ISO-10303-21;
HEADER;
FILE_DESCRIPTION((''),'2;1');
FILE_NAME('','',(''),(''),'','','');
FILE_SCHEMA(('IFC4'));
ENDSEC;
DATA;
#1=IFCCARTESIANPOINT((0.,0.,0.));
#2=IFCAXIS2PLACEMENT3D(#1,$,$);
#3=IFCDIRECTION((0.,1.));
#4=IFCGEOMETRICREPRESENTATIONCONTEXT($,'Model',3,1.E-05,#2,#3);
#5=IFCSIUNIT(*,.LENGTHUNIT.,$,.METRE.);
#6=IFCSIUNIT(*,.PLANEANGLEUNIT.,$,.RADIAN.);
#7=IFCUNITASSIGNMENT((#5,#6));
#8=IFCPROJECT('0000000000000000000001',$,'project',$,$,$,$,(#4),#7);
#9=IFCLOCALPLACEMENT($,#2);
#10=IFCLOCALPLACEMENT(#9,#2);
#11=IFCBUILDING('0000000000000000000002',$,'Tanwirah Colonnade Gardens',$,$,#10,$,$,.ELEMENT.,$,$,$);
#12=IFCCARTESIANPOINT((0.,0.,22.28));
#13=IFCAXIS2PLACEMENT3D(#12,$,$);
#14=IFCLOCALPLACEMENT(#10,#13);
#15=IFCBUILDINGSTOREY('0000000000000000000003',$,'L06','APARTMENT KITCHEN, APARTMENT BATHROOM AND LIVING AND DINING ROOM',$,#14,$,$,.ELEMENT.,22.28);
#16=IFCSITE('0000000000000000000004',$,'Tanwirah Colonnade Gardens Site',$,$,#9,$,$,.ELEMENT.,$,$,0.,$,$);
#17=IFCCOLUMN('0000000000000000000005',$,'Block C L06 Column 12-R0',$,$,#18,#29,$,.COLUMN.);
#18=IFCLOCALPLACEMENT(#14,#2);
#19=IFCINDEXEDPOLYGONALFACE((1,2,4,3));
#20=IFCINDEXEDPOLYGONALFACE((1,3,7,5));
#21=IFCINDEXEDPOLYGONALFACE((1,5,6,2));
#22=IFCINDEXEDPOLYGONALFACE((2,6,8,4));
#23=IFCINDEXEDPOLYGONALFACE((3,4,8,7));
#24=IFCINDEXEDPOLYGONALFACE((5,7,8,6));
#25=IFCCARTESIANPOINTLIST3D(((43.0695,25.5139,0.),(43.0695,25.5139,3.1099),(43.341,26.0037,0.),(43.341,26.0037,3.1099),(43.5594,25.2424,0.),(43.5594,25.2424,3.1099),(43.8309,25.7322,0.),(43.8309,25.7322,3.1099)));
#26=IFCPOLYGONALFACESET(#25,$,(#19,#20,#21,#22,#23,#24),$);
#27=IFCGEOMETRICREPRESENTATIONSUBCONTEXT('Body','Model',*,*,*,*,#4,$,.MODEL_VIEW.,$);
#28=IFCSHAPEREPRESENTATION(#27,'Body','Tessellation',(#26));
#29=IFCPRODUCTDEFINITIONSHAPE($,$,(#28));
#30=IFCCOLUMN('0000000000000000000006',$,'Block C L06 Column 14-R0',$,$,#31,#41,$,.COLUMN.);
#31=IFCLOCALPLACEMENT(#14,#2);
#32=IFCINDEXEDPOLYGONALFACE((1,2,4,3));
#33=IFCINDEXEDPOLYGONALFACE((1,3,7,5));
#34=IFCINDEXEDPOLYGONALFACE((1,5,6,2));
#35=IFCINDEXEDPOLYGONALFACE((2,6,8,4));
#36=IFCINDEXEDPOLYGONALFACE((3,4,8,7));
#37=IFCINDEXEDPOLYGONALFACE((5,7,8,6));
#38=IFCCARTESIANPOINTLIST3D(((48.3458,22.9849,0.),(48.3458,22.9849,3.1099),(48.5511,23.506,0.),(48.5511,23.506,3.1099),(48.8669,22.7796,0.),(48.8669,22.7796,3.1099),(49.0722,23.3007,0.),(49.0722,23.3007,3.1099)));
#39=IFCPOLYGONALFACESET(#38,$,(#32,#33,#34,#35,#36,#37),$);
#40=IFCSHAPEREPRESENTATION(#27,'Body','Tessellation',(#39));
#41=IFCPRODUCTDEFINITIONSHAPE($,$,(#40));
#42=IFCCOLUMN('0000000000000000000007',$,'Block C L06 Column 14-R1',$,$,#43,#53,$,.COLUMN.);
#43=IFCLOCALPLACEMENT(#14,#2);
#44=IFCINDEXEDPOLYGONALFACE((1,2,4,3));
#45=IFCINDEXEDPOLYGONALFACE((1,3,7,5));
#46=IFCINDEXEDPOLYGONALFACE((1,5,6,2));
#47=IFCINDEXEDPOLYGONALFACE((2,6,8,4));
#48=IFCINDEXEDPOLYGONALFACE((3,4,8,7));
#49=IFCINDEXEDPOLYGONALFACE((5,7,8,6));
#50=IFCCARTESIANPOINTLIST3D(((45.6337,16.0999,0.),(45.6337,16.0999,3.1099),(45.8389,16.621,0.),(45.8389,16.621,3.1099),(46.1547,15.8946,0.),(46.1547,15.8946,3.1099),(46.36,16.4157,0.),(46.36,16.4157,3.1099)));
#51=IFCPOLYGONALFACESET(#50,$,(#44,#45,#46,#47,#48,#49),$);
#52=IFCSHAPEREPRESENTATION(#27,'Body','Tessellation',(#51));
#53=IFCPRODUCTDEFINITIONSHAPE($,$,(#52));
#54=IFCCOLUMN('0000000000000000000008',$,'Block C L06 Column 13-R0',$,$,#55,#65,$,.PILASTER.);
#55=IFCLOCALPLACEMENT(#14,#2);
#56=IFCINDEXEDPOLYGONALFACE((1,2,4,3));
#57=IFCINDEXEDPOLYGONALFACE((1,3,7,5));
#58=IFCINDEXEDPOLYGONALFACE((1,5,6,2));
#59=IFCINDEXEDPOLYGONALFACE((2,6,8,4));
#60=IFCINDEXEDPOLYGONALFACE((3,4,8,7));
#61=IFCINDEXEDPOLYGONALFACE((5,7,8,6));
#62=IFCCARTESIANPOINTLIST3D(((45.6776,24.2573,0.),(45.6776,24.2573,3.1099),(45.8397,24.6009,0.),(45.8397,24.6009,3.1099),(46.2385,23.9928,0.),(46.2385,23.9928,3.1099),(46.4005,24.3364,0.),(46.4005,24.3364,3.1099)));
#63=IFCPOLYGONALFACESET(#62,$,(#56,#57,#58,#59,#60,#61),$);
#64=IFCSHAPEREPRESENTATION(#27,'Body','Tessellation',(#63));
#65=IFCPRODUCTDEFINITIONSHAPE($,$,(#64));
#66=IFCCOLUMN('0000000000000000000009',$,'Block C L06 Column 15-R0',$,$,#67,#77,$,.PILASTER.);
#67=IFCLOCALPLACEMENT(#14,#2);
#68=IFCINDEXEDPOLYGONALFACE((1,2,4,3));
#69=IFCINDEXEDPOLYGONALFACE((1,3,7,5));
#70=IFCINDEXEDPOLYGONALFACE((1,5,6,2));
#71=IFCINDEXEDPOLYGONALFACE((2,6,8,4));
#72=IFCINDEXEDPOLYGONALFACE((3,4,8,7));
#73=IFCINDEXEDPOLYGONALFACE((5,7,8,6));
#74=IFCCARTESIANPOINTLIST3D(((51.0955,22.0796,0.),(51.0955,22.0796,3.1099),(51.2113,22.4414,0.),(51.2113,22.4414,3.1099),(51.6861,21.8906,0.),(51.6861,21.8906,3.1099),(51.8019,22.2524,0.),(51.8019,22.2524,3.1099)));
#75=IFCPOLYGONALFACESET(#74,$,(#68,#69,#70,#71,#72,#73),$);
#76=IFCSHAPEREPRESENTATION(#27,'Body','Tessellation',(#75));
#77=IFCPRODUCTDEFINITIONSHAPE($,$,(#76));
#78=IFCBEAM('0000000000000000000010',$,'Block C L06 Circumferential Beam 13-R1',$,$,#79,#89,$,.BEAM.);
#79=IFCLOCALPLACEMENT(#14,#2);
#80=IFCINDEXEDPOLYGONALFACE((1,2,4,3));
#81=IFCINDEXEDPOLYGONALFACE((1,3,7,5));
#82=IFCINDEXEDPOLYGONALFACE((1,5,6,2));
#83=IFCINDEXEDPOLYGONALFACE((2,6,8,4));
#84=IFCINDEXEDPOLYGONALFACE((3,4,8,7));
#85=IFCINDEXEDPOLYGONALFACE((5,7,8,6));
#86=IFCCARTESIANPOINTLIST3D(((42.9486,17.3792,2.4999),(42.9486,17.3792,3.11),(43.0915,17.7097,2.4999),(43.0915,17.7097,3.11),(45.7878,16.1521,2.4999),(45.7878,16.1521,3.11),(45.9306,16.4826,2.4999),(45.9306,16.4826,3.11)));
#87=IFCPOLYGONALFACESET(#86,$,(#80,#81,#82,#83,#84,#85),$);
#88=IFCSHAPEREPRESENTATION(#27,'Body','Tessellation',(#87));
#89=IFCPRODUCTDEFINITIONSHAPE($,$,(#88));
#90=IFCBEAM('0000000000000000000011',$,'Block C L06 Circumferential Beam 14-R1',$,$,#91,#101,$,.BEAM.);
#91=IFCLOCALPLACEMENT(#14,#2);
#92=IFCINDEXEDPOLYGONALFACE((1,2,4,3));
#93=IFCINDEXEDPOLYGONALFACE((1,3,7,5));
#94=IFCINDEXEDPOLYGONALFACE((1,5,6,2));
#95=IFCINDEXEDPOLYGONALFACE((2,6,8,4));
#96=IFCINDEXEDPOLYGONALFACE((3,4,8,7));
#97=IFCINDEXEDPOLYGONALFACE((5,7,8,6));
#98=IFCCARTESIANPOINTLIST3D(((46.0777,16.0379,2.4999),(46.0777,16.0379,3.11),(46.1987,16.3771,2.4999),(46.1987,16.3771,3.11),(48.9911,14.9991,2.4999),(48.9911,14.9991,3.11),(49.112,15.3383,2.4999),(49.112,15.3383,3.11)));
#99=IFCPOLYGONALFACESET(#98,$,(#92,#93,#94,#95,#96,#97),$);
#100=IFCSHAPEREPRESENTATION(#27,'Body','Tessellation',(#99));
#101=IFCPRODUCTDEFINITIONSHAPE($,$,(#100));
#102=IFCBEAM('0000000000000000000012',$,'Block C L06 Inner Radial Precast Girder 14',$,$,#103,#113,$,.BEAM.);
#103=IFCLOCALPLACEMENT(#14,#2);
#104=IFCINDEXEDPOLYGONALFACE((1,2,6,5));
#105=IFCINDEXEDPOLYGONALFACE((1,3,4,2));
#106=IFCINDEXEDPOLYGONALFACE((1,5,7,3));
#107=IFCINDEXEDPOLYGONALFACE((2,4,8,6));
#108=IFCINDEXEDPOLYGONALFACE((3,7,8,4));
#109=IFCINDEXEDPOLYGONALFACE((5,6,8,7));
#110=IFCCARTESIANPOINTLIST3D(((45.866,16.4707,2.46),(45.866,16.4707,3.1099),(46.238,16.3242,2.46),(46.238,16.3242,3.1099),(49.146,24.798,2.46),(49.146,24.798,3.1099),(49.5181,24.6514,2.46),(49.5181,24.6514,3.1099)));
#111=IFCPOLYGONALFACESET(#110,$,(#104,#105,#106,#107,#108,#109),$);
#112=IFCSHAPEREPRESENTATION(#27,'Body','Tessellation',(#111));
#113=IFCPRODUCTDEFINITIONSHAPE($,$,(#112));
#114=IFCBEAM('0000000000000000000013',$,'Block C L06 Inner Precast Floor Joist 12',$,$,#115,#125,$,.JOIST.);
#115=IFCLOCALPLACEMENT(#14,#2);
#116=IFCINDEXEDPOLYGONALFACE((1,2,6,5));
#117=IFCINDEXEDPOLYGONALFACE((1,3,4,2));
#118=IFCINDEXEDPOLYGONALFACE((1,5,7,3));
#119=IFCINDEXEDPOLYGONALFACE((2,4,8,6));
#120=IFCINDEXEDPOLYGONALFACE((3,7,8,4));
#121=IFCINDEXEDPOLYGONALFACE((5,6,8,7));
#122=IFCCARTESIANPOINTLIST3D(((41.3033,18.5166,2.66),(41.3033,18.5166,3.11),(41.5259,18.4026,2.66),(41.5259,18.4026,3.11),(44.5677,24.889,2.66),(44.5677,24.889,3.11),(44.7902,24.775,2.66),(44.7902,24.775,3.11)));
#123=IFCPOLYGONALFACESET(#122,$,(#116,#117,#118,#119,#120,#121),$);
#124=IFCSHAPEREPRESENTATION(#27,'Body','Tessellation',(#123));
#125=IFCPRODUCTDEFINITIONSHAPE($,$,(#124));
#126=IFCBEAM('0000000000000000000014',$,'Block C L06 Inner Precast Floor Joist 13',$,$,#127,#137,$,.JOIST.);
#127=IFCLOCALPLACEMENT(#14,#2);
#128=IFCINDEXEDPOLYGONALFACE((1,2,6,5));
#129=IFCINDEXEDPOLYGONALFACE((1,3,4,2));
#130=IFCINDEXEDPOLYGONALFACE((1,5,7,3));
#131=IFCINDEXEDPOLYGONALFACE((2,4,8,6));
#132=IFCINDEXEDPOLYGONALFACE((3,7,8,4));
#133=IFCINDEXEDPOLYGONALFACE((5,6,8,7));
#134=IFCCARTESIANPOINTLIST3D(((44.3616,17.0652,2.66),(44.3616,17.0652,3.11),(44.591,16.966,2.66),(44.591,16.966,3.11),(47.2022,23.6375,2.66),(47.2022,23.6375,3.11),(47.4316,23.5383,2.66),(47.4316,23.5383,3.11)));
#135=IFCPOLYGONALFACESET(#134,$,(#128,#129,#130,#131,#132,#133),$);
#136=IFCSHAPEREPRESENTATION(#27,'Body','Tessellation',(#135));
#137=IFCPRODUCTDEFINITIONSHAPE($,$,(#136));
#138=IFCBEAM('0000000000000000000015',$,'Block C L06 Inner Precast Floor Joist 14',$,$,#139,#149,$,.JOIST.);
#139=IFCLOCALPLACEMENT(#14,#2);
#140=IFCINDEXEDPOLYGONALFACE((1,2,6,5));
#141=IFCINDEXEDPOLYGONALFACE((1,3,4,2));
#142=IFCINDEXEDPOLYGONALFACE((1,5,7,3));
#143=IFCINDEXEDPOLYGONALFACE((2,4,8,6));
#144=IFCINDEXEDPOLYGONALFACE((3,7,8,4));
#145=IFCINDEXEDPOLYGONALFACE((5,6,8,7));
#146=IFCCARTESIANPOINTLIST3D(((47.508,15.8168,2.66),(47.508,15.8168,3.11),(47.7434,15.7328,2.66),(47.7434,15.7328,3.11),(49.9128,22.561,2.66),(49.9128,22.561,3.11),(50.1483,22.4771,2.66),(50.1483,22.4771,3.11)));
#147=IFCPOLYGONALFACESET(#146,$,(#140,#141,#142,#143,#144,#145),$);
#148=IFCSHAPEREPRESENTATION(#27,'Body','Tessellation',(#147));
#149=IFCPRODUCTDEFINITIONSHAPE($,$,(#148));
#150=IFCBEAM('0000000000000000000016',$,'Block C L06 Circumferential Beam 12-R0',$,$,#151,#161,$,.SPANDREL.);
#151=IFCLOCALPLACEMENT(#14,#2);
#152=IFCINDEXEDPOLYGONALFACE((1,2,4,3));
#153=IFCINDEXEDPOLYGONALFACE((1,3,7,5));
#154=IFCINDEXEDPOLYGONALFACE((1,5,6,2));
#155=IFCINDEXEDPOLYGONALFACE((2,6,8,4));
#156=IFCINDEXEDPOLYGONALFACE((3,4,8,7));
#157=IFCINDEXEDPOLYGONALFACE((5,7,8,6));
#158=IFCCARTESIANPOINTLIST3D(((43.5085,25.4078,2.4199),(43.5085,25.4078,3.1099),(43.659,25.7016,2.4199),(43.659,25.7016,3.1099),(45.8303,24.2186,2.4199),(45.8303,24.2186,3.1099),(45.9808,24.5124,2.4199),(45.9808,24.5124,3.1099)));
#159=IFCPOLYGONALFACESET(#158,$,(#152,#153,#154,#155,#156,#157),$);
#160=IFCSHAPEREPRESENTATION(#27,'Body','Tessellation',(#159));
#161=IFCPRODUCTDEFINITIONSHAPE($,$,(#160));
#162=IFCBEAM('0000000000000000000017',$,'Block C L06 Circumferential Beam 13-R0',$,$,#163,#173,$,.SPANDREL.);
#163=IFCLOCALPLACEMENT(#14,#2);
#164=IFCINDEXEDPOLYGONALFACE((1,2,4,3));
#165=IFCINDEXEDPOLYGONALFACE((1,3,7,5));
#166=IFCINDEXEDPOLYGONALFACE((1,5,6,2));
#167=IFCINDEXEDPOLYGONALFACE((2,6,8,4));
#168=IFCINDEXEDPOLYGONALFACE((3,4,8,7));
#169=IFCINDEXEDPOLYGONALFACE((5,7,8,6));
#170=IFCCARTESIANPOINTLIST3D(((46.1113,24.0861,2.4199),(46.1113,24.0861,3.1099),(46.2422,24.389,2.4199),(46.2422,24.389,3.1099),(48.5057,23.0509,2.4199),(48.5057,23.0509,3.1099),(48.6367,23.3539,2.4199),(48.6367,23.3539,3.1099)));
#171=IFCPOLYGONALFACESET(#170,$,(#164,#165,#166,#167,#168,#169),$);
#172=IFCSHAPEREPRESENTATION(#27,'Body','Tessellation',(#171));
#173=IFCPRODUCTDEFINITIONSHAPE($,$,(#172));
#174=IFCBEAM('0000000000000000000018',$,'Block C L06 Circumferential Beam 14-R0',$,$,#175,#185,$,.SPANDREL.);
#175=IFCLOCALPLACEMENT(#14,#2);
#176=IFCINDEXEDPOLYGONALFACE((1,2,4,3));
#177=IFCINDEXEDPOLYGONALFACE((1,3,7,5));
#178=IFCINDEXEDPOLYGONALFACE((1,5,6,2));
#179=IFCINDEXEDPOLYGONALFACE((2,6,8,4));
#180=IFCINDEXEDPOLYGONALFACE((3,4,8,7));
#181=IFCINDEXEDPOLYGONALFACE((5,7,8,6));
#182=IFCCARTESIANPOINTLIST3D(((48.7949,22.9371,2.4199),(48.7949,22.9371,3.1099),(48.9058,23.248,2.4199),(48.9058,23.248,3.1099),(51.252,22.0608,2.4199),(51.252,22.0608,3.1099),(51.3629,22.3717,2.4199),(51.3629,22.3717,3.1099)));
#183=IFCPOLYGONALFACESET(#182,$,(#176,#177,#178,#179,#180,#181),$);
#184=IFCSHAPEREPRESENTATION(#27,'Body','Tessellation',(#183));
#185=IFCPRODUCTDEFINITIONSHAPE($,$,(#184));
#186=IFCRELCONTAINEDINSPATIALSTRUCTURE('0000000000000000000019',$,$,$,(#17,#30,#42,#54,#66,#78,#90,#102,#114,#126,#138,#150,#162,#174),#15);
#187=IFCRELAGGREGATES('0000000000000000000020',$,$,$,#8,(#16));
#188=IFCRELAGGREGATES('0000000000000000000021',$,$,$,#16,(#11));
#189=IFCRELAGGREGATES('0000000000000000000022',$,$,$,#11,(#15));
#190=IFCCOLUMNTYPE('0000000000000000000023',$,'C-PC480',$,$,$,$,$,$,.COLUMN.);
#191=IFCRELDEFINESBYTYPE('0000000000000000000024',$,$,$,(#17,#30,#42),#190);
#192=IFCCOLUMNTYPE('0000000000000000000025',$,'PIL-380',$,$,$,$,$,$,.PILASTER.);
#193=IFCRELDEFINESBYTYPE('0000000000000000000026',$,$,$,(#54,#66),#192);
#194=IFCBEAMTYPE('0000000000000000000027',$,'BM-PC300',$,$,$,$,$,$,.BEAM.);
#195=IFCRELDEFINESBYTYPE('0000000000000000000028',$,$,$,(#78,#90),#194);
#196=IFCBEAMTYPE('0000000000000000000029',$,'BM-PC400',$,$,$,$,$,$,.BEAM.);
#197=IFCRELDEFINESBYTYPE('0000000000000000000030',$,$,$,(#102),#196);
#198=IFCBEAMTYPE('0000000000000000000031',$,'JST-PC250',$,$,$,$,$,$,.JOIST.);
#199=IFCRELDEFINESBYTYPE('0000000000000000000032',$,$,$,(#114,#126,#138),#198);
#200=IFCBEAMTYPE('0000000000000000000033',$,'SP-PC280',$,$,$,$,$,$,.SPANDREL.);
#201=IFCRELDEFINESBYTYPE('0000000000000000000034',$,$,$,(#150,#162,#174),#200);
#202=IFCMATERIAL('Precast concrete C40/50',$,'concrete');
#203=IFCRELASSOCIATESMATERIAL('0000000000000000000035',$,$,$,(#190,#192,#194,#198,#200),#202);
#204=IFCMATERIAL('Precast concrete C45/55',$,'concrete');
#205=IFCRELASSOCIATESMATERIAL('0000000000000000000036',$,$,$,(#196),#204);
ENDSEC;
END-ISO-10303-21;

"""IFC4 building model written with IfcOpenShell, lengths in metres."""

from ifc_helpers import new_model, si_unit, direction, frame, origin, origin_2d, place, context, subcontext, project, spatial, rectangle, extrude, material, material_profile, profile_set, type_object, element, save


model = new_model("IFC4")

# Units and contexts
model_context = context("Model", 3, precision=1e-05, world=origin(), true_north=direction((0.0, 1.0)))
body_context = subcontext(model_context, "Body", "Model", "MODEL_VIEW")
ifc_project = project(units=[si_unit("LENGTHUNIT", "METRE"), si_unit("PLANEANGLEUNIT", "RADIAN")], contexts=[model_context])

# Site, building, storey
site_placement = place(None, origin())
site = spatial("IfcSite", under=ifc_project, at=site_placement, Name="Tanwirah Colonnade Gardens Site", CompositionType="ELEMENT", RefElevation=0.0)
building_placement = place(site_placement, origin())
building = spatial("IfcBuilding", under=site, at=building_placement, Name="Tanwirah Colonnade Gardens", CompositionType="ELEMENT")
storey_placement = place(building_placement, frame((0.0, 0.0, 22.28)))
storey = spatial("IfcBuildingStorey", under=building, at=storey_placement, Name="L06", Description="APARTMENT KITCHEN, APARTMENT BATHROOM AND LIVING AND DINING ROOM", CompositionType="ELEMENT", Elevation=22.28)

# Columns
ifc_material_1 = material(Name="Precast concrete C40/50", Category="concrete")
ifc_material_profile_1 = material_profile(ifc_material_1, rectangle(XDim=0.5601, YDim=0.5601, at=origin_2d()), Name="PC-COL 560x560")
ifc_profile_set_1 = profile_set([ifc_material_profile_1], Name="Precast concrete C40/50")
column_type_1 = type_object("IfcColumnType", Name="C-PC480", PredefinedType="COLUMN", material=ifc_profile_set_1)
for number, where, z_axis, x_axis, name in (
    (1, (43.4502, 25.623, 0.0), (0.0, 0.0, 1.0), (-0.48481, -0.87462, 0.0), "Block C L06 Column 12-R0"),
    (2, (48.709, 23.1428, 0.0), (0.0, 0.0, 1.0), (-0.366501, -0.930418, 0.0), "Block C L06 Column 14-R0"),
    (3, (45.9968, 16.2578, 0.0), (0.0, 0.0, 1.0), (-0.366501, -0.930418, 0.0), "Block C L06 Column 14-R1"),
):
    element("IfcColumn", number, at=place(storey_placement, frame(where, z_axis=z_axis, x_axis=x_axis)), inside=storey, type_object=column_type_1, Name=name, PredefinedType="COLUMN", context=body_context, shape_type="SweptSolid", body=[
        extrude(rectangle(XDim=0.5601, YDim=0.5601, at=origin_2d()), origin(), (0.0, 0.0, 1.0), 3.1099),
    ])
ifc_material_profile_2 = material_profile(ifc_material_1, rectangle(XDim=0.3799, YDim=0.6201, at=origin_2d()), Name="PC-PIL 380x620")
ifc_profile_set_2 = profile_set([ifc_material_profile_2], Name="Precast concrete C40/50")
column_type_2 = type_object("IfcColumnType", Name="PIL-380", PredefinedType="PILASTER", material=ifc_profile_set_2)
for number, where, z_axis, x_axis, name in (
    (4, (46.0391, 24.2969, 0.0), (0.0, 0.0, 1.0), (-0.426569, -0.904455, 0.0), "Block C L06 Column 13-R0"),
    (5, (51.4487, 22.166, 0.0), (0.0, 0.0, 1.0), (-0.304864, -0.952396, 0.0), "Block C L06 Column 15-R0"),
):
    element("IfcColumn", number, at=place(storey_placement, frame(where, z_axis=z_axis, x_axis=x_axis)), inside=storey, type_object=column_type_2, Name=name, PredefinedType="PILASTER", context=body_context, shape_type="SweptSolid", body=[
        extrude(rectangle(XDim=0.3799, YDim=0.6201, at=origin_2d()), origin(), (0.0, 0.0, 1.0), 3.1099),
    ])

# Beams
ifc_material_profile_3 = material_profile(ifc_material_1, rectangle(XDim=0.3601, YDim=0.6101, at=origin_2d()), Name="PC-BM 360x610")
ifc_profile_set_3 = profile_set([ifc_material_profile_3], Name="Precast concrete C40/50")
beam_type_1 = type_object("IfcBeamType", Name="BM-PC300", PredefinedType="BEAM", material=ifc_profile_set_3)
for number, where, z_axis, x_axis, name in (
    (6, (43.02, 17.5444, 2.8049), (0.917936, -0.396728, 0.0), (0.396728, 0.917936, 0.0), "Block C L06 Circumferential Beam 13-R1"),
    (7, (46.1382, 16.2075, 2.8049), (0.941911, -0.335861, 0.0), (0.335861, 0.941911, 0.0), "Block C L06 Circumferential Beam 14-R1"),
):
    element("IfcBeam", number, at=place(storey_placement, frame(where, z_axis=z_axis, x_axis=x_axis)), inside=storey, type_object=beam_type_1, Name=name, PredefinedType="BEAM", context=body_context, shape_type="SweptSolid", body=[
        extrude(rectangle(XDim=0.3601, YDim=0.6101, at=origin_2d()), origin(), (0.0, 0.0, 1.0), 3.093),
    ])
ifc_material_2 = material(Name="Precast concrete C45/55", Category="concrete")
ifc_material_profile_4 = material_profile(ifc_material_2, rectangle(XDim=0.3999, YDim=0.6499, at=origin_2d()), Name="PC-BM 400x650")
ifc_profile_set_4 = profile_set([ifc_material_profile_4], Name="Precast concrete C45/55")
beam_type_2 = type_object("IfcBeamType", Name="BM-PC400", PredefinedType="BEAM", material=ifc_profile_set_4)
beam_1_placement = place(storey_placement, frame((46.052, 16.3975, 2.7849), z_axis=(0.366489, 0.930422, 0.0), x_axis=(-0.930422, 0.366489, 0.0)))
element("IfcBeam", 8, at=beam_1_placement, inside=storey, type_object=beam_type_2, Name="Block C L06 Inner Radial Precast Girder 14", PredefinedType="BEAM", context=body_context, shape_type="SweptSolid", body=[
    extrude(rectangle(XDim=0.3999, YDim=0.6499, at=origin_2d()), origin(), (0.0, 0.0, 1.0), 8.95),
])
ifc_material_profile_5 = material_profile(ifc_material_1, rectangle(XDim=0.25, YDim=0.45, at=origin_2d()), Name="PC-JST 250x450")
ifc_profile_set_5 = profile_set([ifc_material_profile_5], Name="Precast concrete C40/50")
beam_type_3 = type_object("IfcBeamType", Name="JST-PC250", PredefinedType="JOIST", material=ifc_profile_set_5)
for number, where, z_axis, x_axis, name in (
    (9, (44.679, 24.832, 2.885), (-0.455921, -0.89002, 0.0), (0.89002, -0.455921, 0.0), "Block C L06 Inner Precast Floor Joist 12"),
    (10, (47.3169, 23.5879, 2.885), (-0.396736, -0.917933, 0.0), (0.917933, -0.396736, 0.0), "Block C L06 Inner Precast Floor Joist 13"),
):
    element("IfcBeam", number, at=place(storey_placement, frame(where, z_axis=z_axis, x_axis=x_axis)), inside=storey, type_object=beam_type_3, Name=name, PredefinedType="JOIST", context=body_context, shape_type="SweptSolid", body=[
        extrude(rectangle(XDim=0.25, YDim=0.45, at=origin_2d()), origin(), (0.0, 0.0, 1.0), 7.1599),
    ])
beam_2_placement = place(storey_placement, frame((50.0305, 22.519, 2.885), z_axis=(-0.335861, -0.941912, 0.0), x_axis=(0.941912, -0.335861, 0.0)))
element("IfcBeam", 11, at=beam_2_placement, inside=storey, type_object=beam_type_3, Name="Block C L06 Inner Precast Floor Joist 14", PredefinedType="JOIST", context=body_context, shape_type="SweptSolid", body=[
    extrude(rectangle(XDim=0.25, YDim=0.45, at=origin_2d()), origin(), (0.0, 0.0, 1.0), 7.1602),
])
ifc_material_profile_6 = material_profile(ifc_material_1, rectangle(XDim=0.3301, YDim=0.6899, at=origin_2d()), Name="PC-SP 330x690")
ifc_profile_set_6 = profile_set([ifc_material_profile_6], Name="Precast concrete C40/50")
beam_type_4 = type_object("IfcBeamType", Name="SP-PC280", PredefinedType="SPANDREL", material=ifc_profile_set_6)
for number, where, z_axis, x_axis, name in (
    (12, (43.5837, 25.5547, 2.7649), (0.890042, -0.455878, 0.0), (0.455878, 0.890042, 0.0), "Block C L06 Circumferential Beam 12-R0"),
    (13, (46.1768, 24.2375, 2.7649), (0.917901, -0.396809, 0.0), (0.396809, 0.917901, 0.0), "Block C L06 Circumferential Beam 13-R0"),
    (14, (48.8503, 23.0925, 2.7649), (0.941898, -0.335898, 0.0), (0.335898, 0.941898, 0.0), "Block C L06 Circumferential Beam 14-R0"),
):
    element("IfcBeam", number, at=place(storey_placement, frame(where, z_axis=z_axis, x_axis=x_axis)), inside=storey, type_object=beam_type_4, Name=name, PredefinedType="SPANDREL", context=body_context, shape_type="SweptSolid", body=[
        extrude(rectangle(XDim=0.3301, YDim=0.6899, at=origin_2d()), origin(), (0.0, 0.0, 1.0), 2.6086),
    ])

save(model, "model.ifc")
